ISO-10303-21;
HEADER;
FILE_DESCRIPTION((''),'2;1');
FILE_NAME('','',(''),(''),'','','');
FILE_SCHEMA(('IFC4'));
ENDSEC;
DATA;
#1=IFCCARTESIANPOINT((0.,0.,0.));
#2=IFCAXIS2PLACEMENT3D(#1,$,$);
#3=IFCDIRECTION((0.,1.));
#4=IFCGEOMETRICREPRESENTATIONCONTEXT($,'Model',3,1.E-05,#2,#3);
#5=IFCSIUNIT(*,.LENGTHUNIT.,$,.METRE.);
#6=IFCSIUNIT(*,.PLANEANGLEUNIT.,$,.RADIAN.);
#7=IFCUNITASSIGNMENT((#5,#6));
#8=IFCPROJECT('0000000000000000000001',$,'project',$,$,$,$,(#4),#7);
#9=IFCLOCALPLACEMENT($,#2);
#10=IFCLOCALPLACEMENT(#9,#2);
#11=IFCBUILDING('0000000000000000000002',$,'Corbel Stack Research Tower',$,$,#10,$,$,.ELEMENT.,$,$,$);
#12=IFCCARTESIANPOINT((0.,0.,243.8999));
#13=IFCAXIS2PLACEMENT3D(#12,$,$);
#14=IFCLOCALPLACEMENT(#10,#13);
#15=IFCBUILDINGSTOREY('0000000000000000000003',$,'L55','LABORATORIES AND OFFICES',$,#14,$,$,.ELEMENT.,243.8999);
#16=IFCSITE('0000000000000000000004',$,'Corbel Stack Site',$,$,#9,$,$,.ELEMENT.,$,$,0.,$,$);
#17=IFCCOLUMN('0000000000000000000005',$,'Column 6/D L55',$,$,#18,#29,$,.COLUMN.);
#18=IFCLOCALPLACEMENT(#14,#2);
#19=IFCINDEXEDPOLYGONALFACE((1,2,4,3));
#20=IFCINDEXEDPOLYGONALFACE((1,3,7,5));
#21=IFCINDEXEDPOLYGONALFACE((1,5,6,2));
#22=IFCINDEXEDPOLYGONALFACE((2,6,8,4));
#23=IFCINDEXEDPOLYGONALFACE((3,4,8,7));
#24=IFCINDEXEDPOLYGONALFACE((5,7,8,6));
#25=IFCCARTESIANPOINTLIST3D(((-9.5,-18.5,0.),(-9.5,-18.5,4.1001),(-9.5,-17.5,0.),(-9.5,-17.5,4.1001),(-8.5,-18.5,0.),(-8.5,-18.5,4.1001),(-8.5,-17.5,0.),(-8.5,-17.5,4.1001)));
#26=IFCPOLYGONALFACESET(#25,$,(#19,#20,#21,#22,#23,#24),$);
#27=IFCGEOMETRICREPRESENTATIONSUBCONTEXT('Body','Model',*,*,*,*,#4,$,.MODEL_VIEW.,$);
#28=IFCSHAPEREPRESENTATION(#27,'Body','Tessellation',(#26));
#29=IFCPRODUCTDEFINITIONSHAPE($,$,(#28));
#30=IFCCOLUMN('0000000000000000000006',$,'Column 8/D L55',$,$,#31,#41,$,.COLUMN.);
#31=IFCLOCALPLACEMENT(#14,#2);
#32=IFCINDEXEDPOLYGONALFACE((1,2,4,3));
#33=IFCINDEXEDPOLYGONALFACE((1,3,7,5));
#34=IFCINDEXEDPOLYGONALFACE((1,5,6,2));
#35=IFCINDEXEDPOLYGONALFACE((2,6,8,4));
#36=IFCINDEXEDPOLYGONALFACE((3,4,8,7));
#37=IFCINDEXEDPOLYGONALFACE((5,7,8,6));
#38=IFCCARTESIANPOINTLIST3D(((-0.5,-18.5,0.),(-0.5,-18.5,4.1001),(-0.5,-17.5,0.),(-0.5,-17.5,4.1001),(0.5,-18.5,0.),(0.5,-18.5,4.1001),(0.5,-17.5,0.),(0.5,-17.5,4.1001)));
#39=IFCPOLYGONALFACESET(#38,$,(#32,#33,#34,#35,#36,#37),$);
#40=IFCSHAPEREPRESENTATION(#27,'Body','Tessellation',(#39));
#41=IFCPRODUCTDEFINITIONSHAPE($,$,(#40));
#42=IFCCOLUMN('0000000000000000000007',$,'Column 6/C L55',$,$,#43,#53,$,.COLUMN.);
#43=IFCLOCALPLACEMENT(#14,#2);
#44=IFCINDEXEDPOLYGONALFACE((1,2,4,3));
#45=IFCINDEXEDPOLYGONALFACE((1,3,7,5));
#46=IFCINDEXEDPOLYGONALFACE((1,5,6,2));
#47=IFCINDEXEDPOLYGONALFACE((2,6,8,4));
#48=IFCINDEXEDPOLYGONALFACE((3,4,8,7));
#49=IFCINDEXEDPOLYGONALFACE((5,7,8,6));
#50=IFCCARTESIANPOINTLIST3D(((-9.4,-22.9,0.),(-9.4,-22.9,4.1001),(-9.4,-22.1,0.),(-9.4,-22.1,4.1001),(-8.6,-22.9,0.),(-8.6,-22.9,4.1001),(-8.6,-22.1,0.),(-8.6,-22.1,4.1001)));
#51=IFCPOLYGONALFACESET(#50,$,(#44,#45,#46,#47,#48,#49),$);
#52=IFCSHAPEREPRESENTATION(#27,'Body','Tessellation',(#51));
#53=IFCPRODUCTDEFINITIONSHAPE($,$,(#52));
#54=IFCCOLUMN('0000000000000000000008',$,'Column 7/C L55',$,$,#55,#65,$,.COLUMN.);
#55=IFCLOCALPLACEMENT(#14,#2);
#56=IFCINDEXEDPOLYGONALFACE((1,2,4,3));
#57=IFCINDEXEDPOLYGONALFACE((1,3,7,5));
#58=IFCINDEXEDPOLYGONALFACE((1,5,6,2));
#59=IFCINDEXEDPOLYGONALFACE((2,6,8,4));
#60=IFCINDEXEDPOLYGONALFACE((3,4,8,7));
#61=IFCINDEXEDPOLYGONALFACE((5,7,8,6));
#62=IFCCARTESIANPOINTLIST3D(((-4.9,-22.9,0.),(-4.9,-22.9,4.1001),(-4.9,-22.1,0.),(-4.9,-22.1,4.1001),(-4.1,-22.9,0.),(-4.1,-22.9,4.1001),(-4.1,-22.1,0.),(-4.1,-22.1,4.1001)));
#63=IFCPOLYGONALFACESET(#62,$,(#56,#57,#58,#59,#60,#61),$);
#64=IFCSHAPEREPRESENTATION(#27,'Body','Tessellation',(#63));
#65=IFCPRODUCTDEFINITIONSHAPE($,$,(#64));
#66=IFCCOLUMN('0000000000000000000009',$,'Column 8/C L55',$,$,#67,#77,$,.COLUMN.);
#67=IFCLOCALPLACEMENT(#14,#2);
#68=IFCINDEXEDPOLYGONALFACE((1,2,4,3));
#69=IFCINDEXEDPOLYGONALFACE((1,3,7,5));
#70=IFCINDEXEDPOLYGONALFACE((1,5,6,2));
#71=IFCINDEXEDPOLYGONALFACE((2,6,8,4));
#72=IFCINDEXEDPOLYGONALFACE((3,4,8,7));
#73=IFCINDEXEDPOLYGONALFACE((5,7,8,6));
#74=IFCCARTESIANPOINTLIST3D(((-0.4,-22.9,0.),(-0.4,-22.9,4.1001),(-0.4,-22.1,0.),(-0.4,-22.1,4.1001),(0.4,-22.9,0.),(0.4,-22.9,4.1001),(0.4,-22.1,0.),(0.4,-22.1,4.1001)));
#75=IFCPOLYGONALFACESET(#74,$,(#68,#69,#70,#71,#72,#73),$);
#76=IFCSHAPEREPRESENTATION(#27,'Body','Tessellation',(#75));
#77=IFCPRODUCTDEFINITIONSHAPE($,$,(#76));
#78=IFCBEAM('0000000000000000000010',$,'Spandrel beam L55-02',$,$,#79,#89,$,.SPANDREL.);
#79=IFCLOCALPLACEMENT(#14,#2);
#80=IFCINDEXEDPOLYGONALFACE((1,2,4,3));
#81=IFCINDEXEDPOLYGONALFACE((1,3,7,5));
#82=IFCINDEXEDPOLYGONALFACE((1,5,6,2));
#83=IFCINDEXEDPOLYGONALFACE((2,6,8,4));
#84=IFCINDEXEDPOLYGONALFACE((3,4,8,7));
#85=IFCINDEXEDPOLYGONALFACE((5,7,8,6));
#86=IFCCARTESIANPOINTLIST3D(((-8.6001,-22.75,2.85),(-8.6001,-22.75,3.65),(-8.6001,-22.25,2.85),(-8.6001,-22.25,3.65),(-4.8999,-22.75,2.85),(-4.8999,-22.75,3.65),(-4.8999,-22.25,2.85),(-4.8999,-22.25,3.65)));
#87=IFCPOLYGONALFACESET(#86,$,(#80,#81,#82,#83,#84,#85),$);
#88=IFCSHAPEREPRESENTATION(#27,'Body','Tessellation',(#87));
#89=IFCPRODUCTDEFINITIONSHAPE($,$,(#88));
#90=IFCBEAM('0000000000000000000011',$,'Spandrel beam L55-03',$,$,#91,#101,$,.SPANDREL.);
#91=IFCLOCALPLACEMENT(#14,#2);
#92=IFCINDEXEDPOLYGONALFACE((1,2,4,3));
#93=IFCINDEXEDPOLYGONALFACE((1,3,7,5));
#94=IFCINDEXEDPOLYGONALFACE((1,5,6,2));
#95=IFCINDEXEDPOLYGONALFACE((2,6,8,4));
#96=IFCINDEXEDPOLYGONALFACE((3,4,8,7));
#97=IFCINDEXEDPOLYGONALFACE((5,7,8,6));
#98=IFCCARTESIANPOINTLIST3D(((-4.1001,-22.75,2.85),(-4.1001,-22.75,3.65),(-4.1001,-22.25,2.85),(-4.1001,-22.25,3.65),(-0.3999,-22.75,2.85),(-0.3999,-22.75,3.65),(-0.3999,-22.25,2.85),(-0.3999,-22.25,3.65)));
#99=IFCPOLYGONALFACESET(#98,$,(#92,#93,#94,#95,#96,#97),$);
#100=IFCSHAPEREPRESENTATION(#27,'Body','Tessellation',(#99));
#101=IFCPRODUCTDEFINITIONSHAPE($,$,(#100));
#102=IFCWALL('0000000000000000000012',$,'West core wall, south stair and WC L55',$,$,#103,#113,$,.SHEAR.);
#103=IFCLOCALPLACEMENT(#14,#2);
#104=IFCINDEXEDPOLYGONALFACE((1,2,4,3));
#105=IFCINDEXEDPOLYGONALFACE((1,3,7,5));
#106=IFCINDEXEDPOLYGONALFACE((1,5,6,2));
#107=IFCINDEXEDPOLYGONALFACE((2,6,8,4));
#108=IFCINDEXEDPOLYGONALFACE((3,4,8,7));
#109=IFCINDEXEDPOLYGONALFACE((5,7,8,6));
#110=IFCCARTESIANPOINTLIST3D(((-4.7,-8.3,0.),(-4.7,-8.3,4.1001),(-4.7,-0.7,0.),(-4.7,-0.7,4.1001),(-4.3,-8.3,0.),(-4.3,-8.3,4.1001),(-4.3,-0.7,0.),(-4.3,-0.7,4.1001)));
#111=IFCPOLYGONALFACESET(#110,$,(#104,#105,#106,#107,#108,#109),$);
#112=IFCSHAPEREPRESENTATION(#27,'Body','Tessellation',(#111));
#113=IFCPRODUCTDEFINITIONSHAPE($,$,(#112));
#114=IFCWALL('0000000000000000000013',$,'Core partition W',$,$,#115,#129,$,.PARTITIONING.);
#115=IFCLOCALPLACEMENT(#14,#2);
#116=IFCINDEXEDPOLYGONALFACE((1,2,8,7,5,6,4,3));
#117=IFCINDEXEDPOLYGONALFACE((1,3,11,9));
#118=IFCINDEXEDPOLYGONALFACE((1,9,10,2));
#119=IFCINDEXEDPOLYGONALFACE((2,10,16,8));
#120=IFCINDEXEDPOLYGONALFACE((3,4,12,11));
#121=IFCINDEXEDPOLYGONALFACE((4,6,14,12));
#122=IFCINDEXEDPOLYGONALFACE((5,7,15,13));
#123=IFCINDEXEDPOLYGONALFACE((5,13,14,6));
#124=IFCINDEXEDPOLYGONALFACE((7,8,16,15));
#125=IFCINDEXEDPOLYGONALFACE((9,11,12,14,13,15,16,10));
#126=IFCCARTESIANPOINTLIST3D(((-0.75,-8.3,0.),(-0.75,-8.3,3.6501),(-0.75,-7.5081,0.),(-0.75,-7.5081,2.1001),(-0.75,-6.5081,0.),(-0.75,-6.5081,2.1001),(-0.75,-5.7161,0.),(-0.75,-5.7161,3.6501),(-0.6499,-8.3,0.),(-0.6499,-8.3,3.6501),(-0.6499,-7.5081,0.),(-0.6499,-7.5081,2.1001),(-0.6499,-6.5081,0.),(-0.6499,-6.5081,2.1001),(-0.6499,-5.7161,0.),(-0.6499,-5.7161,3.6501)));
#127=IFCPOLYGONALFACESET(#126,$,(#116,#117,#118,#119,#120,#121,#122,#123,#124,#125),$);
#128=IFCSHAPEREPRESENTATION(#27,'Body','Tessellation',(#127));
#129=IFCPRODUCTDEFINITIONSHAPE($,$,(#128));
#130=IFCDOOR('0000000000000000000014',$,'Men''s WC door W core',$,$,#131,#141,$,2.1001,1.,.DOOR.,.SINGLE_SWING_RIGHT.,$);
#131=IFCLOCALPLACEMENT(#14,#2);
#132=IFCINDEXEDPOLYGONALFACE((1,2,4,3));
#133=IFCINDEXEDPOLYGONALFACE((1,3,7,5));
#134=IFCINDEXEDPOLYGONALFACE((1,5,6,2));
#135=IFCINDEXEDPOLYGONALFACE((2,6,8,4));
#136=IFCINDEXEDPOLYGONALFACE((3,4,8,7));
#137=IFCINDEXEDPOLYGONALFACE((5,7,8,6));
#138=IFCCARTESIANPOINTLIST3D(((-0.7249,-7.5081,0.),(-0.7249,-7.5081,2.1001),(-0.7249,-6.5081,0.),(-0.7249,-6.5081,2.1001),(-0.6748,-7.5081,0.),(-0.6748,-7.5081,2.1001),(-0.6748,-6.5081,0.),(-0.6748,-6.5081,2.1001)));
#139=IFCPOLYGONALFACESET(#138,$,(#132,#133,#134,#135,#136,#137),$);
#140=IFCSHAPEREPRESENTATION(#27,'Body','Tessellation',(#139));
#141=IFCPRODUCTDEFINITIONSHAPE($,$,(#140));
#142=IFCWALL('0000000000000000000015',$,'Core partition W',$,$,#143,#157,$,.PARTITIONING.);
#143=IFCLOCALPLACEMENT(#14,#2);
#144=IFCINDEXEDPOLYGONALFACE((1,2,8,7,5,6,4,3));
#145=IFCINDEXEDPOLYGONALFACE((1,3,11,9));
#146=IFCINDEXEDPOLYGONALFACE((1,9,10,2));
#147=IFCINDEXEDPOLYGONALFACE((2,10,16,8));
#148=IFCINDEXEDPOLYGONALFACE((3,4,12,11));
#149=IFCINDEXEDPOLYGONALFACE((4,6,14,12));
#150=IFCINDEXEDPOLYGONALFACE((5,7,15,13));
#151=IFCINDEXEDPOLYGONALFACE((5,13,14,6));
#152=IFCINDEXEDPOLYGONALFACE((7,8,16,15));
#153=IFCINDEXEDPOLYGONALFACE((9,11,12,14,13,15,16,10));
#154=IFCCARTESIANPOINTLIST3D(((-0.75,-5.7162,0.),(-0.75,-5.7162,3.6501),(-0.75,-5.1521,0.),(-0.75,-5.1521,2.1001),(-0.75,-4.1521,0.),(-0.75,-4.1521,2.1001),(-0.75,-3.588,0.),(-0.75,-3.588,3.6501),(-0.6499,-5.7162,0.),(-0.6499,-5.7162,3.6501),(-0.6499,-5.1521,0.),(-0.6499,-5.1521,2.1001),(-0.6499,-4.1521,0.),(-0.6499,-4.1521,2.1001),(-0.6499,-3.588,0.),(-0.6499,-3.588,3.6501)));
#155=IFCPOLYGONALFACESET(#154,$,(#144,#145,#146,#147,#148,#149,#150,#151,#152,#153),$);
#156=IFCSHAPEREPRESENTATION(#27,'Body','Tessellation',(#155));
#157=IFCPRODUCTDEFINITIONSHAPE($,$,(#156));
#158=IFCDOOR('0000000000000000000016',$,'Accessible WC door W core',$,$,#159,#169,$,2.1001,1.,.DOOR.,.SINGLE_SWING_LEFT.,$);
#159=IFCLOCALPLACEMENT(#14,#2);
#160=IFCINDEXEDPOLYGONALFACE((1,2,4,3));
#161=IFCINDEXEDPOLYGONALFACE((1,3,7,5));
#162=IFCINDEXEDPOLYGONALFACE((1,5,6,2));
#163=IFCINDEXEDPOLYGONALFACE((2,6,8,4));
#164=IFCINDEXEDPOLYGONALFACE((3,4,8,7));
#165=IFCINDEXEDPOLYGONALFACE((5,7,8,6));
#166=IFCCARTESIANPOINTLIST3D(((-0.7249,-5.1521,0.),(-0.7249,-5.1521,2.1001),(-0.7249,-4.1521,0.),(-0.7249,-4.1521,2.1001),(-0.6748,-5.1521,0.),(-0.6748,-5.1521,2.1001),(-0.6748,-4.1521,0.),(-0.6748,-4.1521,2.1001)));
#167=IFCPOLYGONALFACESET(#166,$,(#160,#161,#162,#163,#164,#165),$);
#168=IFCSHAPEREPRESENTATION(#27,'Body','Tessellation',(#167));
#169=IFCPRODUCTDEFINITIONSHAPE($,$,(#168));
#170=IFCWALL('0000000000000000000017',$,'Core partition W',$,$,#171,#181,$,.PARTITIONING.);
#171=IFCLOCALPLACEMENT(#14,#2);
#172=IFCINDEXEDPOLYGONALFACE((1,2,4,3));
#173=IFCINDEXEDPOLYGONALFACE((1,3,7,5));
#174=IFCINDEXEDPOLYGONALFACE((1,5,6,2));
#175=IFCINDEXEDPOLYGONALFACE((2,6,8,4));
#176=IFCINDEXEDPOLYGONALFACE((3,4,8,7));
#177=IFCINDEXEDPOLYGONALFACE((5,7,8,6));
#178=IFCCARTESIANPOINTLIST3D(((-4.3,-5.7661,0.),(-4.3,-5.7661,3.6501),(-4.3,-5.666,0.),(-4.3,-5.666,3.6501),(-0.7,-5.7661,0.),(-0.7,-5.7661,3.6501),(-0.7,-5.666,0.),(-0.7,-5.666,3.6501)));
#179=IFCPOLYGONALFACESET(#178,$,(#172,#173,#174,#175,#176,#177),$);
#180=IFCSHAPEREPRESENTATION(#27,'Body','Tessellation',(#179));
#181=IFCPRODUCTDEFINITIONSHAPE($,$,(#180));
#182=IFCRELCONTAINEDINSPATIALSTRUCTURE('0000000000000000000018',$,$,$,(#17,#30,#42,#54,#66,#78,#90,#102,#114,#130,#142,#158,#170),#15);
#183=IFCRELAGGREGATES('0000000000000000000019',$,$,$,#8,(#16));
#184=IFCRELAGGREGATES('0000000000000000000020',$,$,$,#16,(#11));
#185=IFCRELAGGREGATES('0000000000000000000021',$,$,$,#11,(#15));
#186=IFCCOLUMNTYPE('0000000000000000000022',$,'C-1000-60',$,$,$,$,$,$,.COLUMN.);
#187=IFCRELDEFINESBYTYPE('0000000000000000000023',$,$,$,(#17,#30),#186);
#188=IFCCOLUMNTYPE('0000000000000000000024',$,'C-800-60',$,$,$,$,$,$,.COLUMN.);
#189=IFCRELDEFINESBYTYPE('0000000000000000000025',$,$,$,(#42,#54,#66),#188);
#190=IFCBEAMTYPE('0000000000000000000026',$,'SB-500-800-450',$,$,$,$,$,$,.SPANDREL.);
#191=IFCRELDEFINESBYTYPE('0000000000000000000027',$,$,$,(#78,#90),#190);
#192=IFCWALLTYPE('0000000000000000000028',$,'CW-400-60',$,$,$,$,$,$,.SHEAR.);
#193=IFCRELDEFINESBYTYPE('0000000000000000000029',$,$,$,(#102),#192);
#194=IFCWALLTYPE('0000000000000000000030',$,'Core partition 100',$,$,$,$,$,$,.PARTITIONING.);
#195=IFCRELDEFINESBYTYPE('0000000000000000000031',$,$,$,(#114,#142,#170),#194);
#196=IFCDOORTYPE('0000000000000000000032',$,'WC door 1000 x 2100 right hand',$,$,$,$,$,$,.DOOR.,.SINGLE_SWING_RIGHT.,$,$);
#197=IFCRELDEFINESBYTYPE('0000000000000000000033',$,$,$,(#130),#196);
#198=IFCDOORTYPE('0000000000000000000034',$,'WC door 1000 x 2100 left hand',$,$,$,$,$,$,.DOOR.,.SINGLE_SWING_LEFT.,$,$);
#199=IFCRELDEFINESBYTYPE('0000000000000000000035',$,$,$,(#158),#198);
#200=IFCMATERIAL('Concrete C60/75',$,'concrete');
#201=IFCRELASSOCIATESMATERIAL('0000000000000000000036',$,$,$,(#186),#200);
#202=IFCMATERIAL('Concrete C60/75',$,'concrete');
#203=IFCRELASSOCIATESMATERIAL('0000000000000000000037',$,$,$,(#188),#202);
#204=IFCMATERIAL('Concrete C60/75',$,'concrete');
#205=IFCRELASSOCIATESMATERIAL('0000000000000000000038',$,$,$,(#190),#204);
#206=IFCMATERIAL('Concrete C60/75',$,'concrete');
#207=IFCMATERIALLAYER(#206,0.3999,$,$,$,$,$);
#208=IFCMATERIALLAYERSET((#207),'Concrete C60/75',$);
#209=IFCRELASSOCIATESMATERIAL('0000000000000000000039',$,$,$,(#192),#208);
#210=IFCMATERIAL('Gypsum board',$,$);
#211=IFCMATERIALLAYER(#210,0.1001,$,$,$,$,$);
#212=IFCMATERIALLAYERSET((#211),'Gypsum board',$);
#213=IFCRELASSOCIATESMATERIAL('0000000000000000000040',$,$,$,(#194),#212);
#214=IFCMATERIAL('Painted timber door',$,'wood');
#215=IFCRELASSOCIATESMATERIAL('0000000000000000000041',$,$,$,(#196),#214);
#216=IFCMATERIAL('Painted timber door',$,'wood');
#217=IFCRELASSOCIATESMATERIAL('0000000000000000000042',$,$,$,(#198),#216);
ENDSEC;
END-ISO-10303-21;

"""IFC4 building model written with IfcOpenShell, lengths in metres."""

from ifc_helpers import new_model, si_unit, direction, frame, frame_2d, origin, origin_2d, place, context, subcontext, project, spatial, rectangle, extrude, material, layer, layer_set, material_profile, profile_set, type_object, element, fill, save


model = new_model("IFC4")

# Units and contexts
model_context = context("Model", 3, precision=1e-05, world=origin(), true_north=direction((0.0, 1.0)))
body_context = subcontext(model_context, "Body", "Model", "MODEL_VIEW")
ifc_project = project(units=[si_unit("LENGTHUNIT", "METRE"), si_unit("PLANEANGLEUNIT", "RADIAN")], contexts=[model_context])

# Site, building, storey
site_placement = place(None, origin())
site = spatial("IfcSite", under=ifc_project, at=site_placement, Name="Corbel Stack Site", CompositionType="ELEMENT", RefElevation=0.0)
building_placement = place(site_placement, origin())
building = spatial("IfcBuilding", under=site, at=building_placement, Name="Corbel Stack Research Tower", CompositionType="ELEMENT")
storey_placement = place(building_placement, frame((0.0, 0.0, 243.8999)))
storey = spatial("IfcBuildingStorey", under=building, at=storey_placement, Name="L55", Description="LABORATORIES AND OFFICES", CompositionType="ELEMENT", Elevation=243.8999)

# Columns
ifc_material_1 = material(Name="Concrete C60/75", Category="concrete")
ifc_material_profile_1 = material_profile(ifc_material_1, rectangle(XDim=1.0, YDim=1.0, at=origin_2d()), Name="RC 1000 x 1000")
ifc_profile_set_1 = profile_set([ifc_material_profile_1], Name="Concrete C60/75")
column_type_1 = type_object("IfcColumnType", Name="C-1000-60", PredefinedType="COLUMN", material=ifc_profile_set_1)
for number, where, z_axis, x_axis, name in (
    (1, (-9.0, -18.0, 0.0), (0.0, 0.0, 1.0), (1.0, 0.0, 0.0), "Column 6/D L55"),
    (2, (0.0, -18.0, 0.0), (0.0, 0.0, 1.0), (1.0, 0.0, 0.0), "Column 8/D L55"),
):
    element("IfcColumn", number, at=place(storey_placement, frame(where, z_axis=z_axis, x_axis=x_axis)), inside=storey, type_object=column_type_1, Name=name, PredefinedType="COLUMN", context=body_context, shape_type="SweptSolid", body=[
        extrude(rectangle(XDim=1.0, YDim=1.0, at=origin_2d()), origin(), (0.0, 0.0, 1.0), 4.1001),
    ])
ifc_material_2 = material(Name="Concrete C60/75", Category="concrete")
ifc_material_profile_2 = material_profile(ifc_material_2, rectangle(XDim=0.8, YDim=0.8, at=origin_2d()), Name="RC 800 x 800")
ifc_profile_set_2 = profile_set([ifc_material_profile_2], Name="Concrete C60/75")
column_type_2 = type_object("IfcColumnType", Name="C-800-60", PredefinedType="COLUMN", material=ifc_profile_set_2)
for number, where, z_axis, x_axis, name in (
    (3, (-9.0, -22.5, 0.0), (0.0, 0.0, 1.0), (1.0, 0.0, 0.0), "Column 6/C L55"),
    (4, (-4.5, -22.5, 0.0), (0.0, 0.0, 1.0), (1.0, 0.0, 0.0), "Column 7/C L55"),
    (5, (0.0, -22.5, 0.0), (0.0, 0.0, 1.0), (1.0, 0.0, 0.0), "Column 8/C L55"),
):
    element("IfcColumn", number, at=place(storey_placement, frame(where, z_axis=z_axis, x_axis=x_axis)), inside=storey, type_object=column_type_2, Name=name, PredefinedType="COLUMN", context=body_context, shape_type="SweptSolid", body=[
        extrude(rectangle(XDim=0.8, YDim=0.8, at=origin_2d()), origin(), (0.0, 0.0, 1.0), 4.1001),
    ])

# Beams
ifc_material_3 = material(Name="Concrete C60/75", Category="concrete")
ifc_material_profile_3 = material_profile(ifc_material_3, rectangle(XDim=0.5, YDim=0.8, at=origin_2d()), Name="RC 500 x 800")
ifc_profile_set_3 = profile_set([ifc_material_profile_3], Name="Concrete C60/75")
beam_type = type_object("IfcBeamType", Name="SB-500-800-450", PredefinedType="SPANDREL", material=ifc_profile_set_3)
for number, where, z_axis, x_axis, name in (
    (6, (-8.6001, -22.5, 3.25), (1.0, 0.0, 0.0), (0.0, 1.0, 0.0), "Spandrel beam L55-02"),
    (7, (-4.1001, -22.5, 3.25), (1.0, 0.0, 0.0), (0.0, 1.0, 0.0), "Spandrel beam L55-03"),
):
    element("IfcBeam", number, at=place(storey_placement, frame(where, z_axis=z_axis, x_axis=x_axis)), inside=storey, type_object=beam_type, Name=name, PredefinedType="SPANDREL", context=body_context, shape_type="SweptSolid", body=[
        extrude(rectangle(XDim=0.5, YDim=0.8, at=origin_2d()), origin(), (0.0, 0.0, 1.0), 3.7002),
    ])

# Wall
ifc_material_4 = material(Name="Concrete C60/75", Category="concrete")
ifc_layer_1 = layer(ifc_material_4, 0.3999)
ifc_layer_set_1 = layer_set([ifc_layer_1], Name="Concrete C60/75")
wall_type_1 = type_object("IfcWallType", Name="CW-400-60", PredefinedType="SHEAR", material=ifc_layer_set_1)
wall_1_placement = place(storey_placement, frame((-4.5, -8.3, 0.0), z_axis=(0.0, 0.0, 1.0), x_axis=(0.0, 1.0, 0.0)))
element("IfcWall", 8, at=wall_1_placement, inside=storey, type_object=wall_type_1, Name="West core wall, south stair and WC L55", PredefinedType="SHEAR", context=body_context, shape_type="SweptSolid", body=[
    extrude(rectangle(XDim=7.6001, YDim=0.3999, at=frame_2d((3.8, 0.0))), origin(), (0.0, 0.0, 1.0), 4.1001),
])

# Walls, openings, doors
ifc_material_5 = material(Name="Gypsum board")
ifc_layer_2 = layer(ifc_material_5, 0.1001)
ifc_layer_set_2 = layer_set([ifc_layer_2], Name="Gypsum board")
wall_type_2 = type_object("IfcWallType", Name="Core partition 100", PredefinedType="PARTITIONING", material=ifc_layer_set_2)
wall_2_placement = place(storey_placement, frame((-0.7, -8.3, 0.0), z_axis=(0.0, 0.0, 1.0), x_axis=(0.0, 1.0, 0.0)))
wall_2 = element("IfcWall", 9, at=wall_2_placement, inside=storey, type_object=wall_type_2, Name="Core partition W", PredefinedType="PARTITIONING", context=body_context, shape_type="SweptSolid", body=[
    extrude(rectangle(XDim=2.584, YDim=0.1001, at=frame_2d((1.292, 0.0))), origin(), (0.0, 0.0, 1.0), 3.6501),
])
opening_1_placement = place(wall_2_placement, frame((0.792, 0.0, 0.0)))
opening_1 = element("IfcOpeningElement", 10, at=opening_1_placement, cuts=wall_2, PredefinedType="OPENING", context=body_context, shape_type="SweptSolid", body=[
    extrude(rectangle(XDim=1.0, YDim=2.1001, at=frame_2d((0.5, 1.05))), frame((0.0, 0.0601, 0.0), z_axis=(0.0, -1.0, 0.0), x_axis=(1.0, 0.0, 0.0)), (0.0, 0.0, 1.0), 0.1201),
])
ifc_material_6 = material(Name="Painted timber door", Category="wood")
door_type_1 = type_object("IfcDoorType", Name="WC door 1000 x 2100 right hand", OperationType="SINGLE_SWING_RIGHT", PredefinedType="DOOR", material=ifc_material_6)
door_1_placement = place(opening_1_placement, origin())
door_1 = element("IfcDoor", 11, at=door_1_placement, inside=storey, type_object=door_type_1, Name="Men's WC door W core", OperationType="SINGLE_SWING_RIGHT", OverallHeight=2.1001, OverallWidth=1.0, PredefinedType="DOOR", context=body_context, shape_type="SweptSolid", body=[
    extrude(rectangle(XDim=1.0, YDim=2.1001, at=frame_2d((0.5, 1.05))), frame((0.0, 0.0249, 0.0), z_axis=(0.0, -1.0, 0.0), x_axis=(1.0, 0.0, 0.0)), (0.0, 0.0, 1.0), 0.05),
])
fill(opening_1, door_1)
wall_3_placement = place(storey_placement, frame((-0.7, -5.7161, 0.0), z_axis=(0.0, 0.0, 1.0), x_axis=(0.0, 1.0, 0.0)))
wall_3 = element("IfcWall", 12, at=wall_3_placement, inside=storey, type_object=wall_type_2, Name="Core partition W", PredefinedType="PARTITIONING", context=body_context, shape_type="SweptSolid", body=[
    extrude(rectangle(XDim=2.1282, YDim=0.1001, at=frame_2d((1.064, 0.0))), origin(), (0.0, 0.0, 1.0), 3.6501),
])
opening_2_placement = place(wall_3_placement, frame((0.564, 0.0, 0.0)))
opening_2 = element("IfcOpeningElement", 13, at=opening_2_placement, cuts=wall_3, PredefinedType="OPENING", context=body_context, shape_type="SweptSolid", body=[
    extrude(rectangle(XDim=1.0, YDim=2.1001, at=frame_2d((0.5, 1.05))), frame((0.0, 0.0601, 0.0), z_axis=(0.0, -1.0, 0.0), x_axis=(1.0, 0.0, 0.0)), (0.0, 0.0, 1.0), 0.1201),
])
ifc_material_7 = material(Name="Painted timber door", Category="wood")
door_type_2 = type_object("IfcDoorType", Name="WC door 1000 x 2100 left hand", OperationType="SINGLE_SWING_LEFT", PredefinedType="DOOR", material=ifc_material_7)
door_2_placement = place(opening_2_placement, origin())
door_2 = element("IfcDoor", 14, at=door_2_placement, inside=storey, type_object=door_type_2, Name="Accessible WC door W core", OperationType="SINGLE_SWING_LEFT", OverallHeight=2.1001, OverallWidth=1.0, PredefinedType="DOOR", context=body_context, shape_type="SweptSolid", body=[
    extrude(rectangle(XDim=1.0, YDim=2.1001, at=frame_2d((0.5, 1.05))), frame((0.0, 0.0249, 0.0), z_axis=(0.0, -1.0, 0.0), x_axis=(1.0, 0.0, 0.0)), (0.0, 0.0, 1.0), 0.05),
])
fill(opening_2, door_2)

# Wall
wall_4_placement = place(storey_placement, frame((-4.3, -5.7161, 0.0), z_axis=(0.0, 0.0, 1.0), x_axis=(1.0, 0.0, 0.0)))
element("IfcWall", 15, at=wall_4_placement, inside=storey, type_object=wall_type_2, Name="Core partition W", PredefinedType="PARTITIONING", context=body_context, shape_type="SweptSolid", body=[
    extrude(rectangle(XDim=3.6001, YDim=0.1001, at=frame_2d((1.8, 0.0))), origin(), (0.0, 0.0, 1.0), 3.6501),
])

save(model, "model.ifc")
